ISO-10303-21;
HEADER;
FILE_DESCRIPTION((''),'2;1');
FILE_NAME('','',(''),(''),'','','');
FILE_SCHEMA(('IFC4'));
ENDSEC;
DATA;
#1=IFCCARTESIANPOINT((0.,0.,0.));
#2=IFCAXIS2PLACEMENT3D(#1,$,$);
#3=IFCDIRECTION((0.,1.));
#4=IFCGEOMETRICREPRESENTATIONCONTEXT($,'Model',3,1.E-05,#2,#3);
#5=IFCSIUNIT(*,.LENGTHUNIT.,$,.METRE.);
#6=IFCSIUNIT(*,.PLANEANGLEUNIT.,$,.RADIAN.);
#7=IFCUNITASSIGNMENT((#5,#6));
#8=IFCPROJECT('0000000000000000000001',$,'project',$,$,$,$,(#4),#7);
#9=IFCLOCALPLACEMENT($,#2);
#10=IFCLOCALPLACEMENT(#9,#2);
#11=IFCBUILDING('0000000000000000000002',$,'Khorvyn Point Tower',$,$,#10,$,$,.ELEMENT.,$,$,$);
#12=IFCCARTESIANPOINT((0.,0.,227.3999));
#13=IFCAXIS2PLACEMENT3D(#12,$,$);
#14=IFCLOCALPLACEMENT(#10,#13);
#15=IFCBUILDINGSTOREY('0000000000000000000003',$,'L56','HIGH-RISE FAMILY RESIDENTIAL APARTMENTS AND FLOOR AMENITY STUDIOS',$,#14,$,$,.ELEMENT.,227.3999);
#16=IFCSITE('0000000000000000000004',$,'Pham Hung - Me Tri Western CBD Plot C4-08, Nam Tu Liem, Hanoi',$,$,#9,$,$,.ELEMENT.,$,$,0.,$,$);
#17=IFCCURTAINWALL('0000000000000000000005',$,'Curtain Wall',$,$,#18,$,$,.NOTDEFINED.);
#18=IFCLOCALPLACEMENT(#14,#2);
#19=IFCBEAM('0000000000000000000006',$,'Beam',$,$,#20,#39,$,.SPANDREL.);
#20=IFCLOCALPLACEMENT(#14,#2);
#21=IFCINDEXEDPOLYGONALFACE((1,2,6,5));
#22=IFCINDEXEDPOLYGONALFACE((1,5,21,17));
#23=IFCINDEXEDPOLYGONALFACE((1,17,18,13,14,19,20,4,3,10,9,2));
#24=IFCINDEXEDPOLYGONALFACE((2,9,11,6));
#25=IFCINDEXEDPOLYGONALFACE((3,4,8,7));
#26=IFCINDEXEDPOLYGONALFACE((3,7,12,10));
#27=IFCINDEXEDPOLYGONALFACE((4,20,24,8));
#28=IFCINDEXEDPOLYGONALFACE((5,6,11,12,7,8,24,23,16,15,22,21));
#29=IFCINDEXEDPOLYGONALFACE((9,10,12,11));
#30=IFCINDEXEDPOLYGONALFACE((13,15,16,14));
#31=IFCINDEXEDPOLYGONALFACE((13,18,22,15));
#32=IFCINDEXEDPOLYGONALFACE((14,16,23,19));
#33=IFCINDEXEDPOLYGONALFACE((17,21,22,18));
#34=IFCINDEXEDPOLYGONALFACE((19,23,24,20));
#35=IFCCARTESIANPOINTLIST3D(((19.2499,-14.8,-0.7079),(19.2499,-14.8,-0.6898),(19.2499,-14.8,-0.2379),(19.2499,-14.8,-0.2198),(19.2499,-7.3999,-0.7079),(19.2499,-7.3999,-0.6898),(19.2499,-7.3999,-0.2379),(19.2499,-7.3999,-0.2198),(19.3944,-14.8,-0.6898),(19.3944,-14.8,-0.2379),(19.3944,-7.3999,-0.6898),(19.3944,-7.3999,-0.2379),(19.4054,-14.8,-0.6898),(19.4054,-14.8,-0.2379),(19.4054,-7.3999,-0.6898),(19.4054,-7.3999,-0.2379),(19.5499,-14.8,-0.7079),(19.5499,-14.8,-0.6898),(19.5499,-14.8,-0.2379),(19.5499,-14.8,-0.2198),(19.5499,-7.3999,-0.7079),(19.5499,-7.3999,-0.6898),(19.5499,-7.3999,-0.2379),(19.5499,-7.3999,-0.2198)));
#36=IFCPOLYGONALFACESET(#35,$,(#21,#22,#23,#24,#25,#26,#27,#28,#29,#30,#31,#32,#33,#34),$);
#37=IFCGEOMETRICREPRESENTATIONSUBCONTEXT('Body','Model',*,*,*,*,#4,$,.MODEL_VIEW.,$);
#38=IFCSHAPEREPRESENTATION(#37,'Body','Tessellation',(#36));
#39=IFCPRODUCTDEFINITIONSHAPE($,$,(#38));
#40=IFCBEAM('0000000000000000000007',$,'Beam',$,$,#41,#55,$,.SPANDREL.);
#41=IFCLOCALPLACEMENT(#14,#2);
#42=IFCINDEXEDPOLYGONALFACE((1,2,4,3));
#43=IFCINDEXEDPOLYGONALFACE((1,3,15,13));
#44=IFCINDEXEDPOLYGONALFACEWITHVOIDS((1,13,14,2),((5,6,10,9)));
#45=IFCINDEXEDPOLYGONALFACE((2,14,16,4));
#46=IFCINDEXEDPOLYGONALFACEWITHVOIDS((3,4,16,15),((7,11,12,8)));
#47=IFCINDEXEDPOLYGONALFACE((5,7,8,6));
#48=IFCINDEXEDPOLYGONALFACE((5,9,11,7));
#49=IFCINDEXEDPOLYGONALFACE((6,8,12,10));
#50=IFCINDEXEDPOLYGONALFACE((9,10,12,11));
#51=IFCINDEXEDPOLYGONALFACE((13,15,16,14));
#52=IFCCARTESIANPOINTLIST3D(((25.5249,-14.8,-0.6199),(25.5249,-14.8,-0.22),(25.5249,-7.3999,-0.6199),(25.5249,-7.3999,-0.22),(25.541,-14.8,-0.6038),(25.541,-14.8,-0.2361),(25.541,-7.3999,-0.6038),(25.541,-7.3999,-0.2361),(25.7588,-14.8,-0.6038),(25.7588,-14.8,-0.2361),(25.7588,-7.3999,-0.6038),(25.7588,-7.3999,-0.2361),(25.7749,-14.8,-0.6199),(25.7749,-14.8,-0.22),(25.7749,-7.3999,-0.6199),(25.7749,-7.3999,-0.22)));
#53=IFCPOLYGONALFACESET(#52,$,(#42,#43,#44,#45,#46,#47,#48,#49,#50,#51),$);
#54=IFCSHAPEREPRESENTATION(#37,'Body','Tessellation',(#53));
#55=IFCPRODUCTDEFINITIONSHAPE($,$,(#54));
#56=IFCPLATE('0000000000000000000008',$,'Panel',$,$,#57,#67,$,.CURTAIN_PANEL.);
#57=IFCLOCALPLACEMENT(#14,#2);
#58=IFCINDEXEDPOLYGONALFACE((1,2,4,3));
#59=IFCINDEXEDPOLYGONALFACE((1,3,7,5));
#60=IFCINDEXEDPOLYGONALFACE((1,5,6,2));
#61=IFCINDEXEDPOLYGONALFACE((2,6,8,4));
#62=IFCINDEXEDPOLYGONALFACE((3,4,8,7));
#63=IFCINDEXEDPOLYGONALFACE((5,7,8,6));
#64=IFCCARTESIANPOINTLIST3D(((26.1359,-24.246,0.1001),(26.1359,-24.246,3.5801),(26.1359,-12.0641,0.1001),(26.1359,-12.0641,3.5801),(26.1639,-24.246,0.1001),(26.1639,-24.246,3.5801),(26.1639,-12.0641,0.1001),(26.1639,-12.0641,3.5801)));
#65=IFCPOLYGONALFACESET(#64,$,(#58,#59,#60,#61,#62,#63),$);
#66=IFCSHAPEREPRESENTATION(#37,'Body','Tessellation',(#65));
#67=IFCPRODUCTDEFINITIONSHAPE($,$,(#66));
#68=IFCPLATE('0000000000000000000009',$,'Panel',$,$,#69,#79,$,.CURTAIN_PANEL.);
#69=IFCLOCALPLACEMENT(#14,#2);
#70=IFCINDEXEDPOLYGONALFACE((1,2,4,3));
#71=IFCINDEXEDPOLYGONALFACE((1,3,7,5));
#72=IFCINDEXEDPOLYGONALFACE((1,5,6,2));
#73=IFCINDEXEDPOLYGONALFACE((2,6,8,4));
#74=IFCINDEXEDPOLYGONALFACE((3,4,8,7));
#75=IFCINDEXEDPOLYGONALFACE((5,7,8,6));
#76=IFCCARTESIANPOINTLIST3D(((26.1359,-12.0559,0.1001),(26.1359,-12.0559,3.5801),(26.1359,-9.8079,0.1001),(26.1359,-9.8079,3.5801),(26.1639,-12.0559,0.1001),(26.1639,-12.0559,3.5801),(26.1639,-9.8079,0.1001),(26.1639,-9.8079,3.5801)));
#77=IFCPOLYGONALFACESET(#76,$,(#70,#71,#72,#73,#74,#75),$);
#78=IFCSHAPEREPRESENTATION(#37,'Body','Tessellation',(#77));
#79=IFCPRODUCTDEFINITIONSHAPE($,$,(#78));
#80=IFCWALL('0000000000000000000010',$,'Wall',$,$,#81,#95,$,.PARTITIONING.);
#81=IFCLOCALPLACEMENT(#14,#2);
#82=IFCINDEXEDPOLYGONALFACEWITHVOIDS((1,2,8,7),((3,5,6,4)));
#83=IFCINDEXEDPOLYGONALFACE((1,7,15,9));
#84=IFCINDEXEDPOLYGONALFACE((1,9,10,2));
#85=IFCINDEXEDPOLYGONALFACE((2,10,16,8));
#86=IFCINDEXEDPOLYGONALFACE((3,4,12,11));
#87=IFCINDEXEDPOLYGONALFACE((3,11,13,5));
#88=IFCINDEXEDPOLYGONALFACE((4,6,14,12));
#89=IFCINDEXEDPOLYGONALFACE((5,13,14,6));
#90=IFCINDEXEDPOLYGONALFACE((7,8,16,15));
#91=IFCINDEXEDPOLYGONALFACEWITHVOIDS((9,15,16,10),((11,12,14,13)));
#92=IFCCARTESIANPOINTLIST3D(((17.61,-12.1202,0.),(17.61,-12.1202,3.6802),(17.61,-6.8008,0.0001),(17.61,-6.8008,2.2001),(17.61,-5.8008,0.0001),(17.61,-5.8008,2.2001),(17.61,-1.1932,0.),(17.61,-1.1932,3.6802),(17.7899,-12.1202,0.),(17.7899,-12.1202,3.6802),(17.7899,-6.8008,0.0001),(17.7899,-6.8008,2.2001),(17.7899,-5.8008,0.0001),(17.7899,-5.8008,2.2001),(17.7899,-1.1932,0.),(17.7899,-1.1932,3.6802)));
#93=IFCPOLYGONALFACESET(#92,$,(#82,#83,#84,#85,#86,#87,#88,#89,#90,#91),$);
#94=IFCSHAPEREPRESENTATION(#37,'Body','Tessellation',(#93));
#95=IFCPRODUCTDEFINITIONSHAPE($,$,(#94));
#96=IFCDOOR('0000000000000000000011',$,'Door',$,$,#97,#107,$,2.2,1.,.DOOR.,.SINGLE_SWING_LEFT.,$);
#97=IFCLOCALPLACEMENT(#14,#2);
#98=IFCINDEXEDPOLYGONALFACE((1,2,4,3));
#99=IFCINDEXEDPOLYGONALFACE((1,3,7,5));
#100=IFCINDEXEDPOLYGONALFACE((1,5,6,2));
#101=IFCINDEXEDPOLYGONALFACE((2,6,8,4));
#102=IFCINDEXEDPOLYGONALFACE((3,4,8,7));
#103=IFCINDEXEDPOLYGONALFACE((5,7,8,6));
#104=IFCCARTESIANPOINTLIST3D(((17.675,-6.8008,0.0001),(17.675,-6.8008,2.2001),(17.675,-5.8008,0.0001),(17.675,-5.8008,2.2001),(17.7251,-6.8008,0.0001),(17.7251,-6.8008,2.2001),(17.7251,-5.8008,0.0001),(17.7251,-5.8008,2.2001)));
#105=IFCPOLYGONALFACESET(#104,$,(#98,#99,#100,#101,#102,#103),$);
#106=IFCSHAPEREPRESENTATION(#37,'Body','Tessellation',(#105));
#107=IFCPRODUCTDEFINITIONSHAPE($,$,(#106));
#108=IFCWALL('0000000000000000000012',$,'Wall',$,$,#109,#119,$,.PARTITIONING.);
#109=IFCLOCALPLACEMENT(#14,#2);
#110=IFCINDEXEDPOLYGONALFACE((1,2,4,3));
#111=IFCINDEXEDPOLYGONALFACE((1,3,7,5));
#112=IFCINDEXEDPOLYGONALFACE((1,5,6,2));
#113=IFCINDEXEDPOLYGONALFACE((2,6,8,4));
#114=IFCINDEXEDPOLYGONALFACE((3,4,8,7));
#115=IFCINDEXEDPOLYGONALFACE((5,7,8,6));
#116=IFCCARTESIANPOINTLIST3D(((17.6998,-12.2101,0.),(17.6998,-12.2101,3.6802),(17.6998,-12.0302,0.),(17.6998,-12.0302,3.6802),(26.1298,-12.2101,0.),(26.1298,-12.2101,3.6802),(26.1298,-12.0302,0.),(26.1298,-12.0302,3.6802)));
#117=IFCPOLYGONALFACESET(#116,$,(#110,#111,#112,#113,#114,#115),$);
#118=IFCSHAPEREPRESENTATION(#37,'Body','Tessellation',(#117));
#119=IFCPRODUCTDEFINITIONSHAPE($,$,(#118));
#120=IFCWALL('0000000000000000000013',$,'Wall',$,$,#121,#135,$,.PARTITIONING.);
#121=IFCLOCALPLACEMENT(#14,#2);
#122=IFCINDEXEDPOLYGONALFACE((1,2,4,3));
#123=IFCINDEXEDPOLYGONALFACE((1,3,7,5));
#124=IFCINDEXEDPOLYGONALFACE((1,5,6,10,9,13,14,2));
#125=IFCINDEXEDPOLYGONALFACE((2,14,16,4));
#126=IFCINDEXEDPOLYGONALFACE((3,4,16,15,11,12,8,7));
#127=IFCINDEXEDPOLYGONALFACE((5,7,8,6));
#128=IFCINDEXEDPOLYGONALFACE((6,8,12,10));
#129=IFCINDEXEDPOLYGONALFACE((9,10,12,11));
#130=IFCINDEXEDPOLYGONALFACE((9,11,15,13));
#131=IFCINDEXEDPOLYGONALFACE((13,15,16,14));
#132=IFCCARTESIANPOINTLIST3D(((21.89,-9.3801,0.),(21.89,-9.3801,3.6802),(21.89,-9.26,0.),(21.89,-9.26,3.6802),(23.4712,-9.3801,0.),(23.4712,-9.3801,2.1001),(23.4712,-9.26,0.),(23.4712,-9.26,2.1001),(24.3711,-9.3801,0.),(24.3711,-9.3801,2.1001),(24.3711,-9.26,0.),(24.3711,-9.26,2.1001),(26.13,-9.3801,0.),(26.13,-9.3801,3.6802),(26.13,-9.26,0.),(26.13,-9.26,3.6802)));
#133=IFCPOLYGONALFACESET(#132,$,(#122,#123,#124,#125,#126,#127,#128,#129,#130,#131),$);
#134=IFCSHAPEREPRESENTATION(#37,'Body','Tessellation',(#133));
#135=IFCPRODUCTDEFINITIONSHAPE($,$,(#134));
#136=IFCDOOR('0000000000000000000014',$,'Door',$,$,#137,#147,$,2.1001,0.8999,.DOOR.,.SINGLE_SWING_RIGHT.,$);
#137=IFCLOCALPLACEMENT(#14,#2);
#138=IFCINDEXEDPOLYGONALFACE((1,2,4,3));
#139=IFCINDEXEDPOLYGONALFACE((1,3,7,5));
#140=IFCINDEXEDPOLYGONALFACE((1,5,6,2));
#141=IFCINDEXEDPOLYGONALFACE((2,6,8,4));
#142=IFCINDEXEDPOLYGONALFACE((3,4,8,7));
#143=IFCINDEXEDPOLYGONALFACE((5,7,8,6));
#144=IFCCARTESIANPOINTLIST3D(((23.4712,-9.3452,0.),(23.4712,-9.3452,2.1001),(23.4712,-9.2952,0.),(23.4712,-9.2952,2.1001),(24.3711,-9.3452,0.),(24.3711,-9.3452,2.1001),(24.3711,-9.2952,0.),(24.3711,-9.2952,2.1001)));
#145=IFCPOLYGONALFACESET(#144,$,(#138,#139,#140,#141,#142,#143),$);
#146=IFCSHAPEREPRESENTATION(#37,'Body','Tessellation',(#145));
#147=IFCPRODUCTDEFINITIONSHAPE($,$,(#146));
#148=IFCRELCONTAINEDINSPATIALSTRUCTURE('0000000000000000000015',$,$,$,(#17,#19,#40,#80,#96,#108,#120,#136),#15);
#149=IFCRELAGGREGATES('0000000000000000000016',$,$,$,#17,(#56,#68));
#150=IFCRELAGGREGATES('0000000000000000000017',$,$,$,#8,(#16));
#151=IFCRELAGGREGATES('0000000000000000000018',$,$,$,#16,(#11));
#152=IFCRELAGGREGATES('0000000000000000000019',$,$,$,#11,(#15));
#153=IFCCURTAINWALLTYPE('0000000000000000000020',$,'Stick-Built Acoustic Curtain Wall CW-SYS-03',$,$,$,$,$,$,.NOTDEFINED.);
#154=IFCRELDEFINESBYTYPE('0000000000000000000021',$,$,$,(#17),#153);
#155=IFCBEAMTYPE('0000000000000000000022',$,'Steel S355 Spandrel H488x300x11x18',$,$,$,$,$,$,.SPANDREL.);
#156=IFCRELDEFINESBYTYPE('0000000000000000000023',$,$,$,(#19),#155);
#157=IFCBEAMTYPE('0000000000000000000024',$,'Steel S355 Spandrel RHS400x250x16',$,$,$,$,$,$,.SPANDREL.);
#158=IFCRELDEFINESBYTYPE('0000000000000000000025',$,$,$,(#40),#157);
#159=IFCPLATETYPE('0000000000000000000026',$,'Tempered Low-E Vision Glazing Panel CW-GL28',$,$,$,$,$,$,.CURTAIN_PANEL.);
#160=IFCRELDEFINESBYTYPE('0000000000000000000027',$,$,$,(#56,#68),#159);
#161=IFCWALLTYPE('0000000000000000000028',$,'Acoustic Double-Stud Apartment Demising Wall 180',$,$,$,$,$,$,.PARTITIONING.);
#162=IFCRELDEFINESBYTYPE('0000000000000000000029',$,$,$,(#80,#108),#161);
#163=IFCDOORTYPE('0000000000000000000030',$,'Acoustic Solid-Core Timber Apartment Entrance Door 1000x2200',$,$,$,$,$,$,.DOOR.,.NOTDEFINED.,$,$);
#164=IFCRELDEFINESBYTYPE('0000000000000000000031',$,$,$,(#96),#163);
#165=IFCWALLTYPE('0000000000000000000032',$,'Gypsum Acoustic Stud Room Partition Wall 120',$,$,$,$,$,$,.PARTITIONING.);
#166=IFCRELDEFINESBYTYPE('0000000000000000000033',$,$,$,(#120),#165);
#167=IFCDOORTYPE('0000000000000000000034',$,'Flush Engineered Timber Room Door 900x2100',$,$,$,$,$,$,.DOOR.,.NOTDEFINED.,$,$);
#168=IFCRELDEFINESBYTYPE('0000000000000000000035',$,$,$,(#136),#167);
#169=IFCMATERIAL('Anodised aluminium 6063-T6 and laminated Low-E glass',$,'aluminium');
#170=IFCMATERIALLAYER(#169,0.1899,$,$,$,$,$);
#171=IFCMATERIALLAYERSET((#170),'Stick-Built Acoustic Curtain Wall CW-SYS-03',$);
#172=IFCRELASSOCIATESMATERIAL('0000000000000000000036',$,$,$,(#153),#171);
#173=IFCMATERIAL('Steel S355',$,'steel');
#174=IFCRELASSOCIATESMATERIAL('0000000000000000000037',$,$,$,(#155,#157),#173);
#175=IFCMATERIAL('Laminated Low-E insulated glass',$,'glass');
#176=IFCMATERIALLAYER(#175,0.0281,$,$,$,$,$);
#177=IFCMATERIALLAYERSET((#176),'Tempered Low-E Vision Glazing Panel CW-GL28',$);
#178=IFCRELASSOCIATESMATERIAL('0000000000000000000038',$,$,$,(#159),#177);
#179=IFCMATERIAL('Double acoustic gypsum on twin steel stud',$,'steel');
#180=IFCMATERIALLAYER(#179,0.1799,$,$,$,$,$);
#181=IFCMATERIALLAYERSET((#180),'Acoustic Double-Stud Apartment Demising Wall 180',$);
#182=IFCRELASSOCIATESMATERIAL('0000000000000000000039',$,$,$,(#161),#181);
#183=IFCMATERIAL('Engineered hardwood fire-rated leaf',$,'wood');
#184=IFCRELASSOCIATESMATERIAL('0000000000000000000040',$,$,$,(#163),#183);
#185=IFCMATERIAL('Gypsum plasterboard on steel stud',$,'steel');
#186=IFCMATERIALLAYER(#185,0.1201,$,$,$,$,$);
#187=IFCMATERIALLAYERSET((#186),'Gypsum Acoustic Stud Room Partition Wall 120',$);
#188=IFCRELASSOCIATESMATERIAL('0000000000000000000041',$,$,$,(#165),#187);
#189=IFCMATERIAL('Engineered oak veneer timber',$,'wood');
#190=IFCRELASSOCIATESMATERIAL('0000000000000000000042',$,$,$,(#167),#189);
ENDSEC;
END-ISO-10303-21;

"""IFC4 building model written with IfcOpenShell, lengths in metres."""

from ifc_helpers import new_model, si_unit, direction, frame, frame_2d, origin, origin_2d, place, context, subcontext, project, spatial, rectangle, hollow_rectangle, i_section, extrude, material, layer, layer_set, material_profile, profile_set, type_object, element, fill, aggregate, save


model = new_model("IFC4")

# Units and contexts
model_context = context("Model", 3, precision=1e-05, world=origin(), true_north=direction((0.0, 1.0)))
body_context = subcontext(model_context, "Body", "Model", "MODEL_VIEW")
ifc_project = project(units=[si_unit("LENGTHUNIT", "METRE"), si_unit("PLANEANGLEUNIT", "RADIAN")], contexts=[model_context])

# Site, building, storey
site_placement = place(None, origin())
site = spatial("IfcSite", under=ifc_project, at=site_placement, Name="Pham Hung - Me Tri Western CBD Plot C4-08, Nam Tu Liem, Hanoi", CompositionType="ELEMENT", RefElevation=0.0)
building_placement = place(site_placement, origin())
building = spatial("IfcBuilding", under=site, at=building_placement, Name="Khorvyn Point Tower", CompositionType="ELEMENT")
storey_placement = place(building_placement, frame((0.0, 0.0, 227.3999)))
storey = spatial("IfcBuildingStorey", under=building, at=storey_placement, Name="L56", Description="HIGH-RISE FAMILY RESIDENTIAL APARTMENTS AND FLOOR AMENITY STUDIOS", CompositionType="ELEMENT", Elevation=227.3999)

# Curtain wall
ifc_material_1 = material(Name="Anodised aluminium 6063-T6 and laminated Low-E glass", Category="aluminium")
ifc_layer_1 = layer(ifc_material_1, 0.1899)
ifc_layer_set_1 = layer_set([ifc_layer_1], Name="Stick-Built Acoustic Curtain Wall CW-SYS-03")
curtain_wall_type = type_object("IfcCurtainWallType", Name="Stick-Built Acoustic Curtain Wall CW-SYS-03", PredefinedType="NOTDEFINED", material=ifc_layer_set_1)
curtain_wall_placement = place(storey_placement, origin())
curtain_wall = element("IfcCurtainWall", 1, at=curtain_wall_placement, inside=storey, type_object=curtain_wall_type, Name="Curtain Wall", PredefinedType="NOTDEFINED")

# Beams
ifc_material_2 = material(Name="Steel S355", Category="steel")
ifc_material_profile_1 = material_profile(ifc_material_2, i_section(OverallWidth=0.3, OverallDepth=0.488, WebThickness=0.011, FlangeThickness=0.0181, at=origin_2d()))
ifc_profile_set_1 = profile_set([ifc_material_profile_1], Name="Steel S355 H488x300x11x18")
beam_type_1 = type_object("IfcBeamType", Name="Steel S355 Spandrel H488x300x11x18", PredefinedType="SPANDREL", material=ifc_profile_set_1)
for number, where, z_axis, x_axis, name in (
    (2, (19.3999, -14.8, -0.4639), (0.0, 1.0, 0.0), (-1.0, 0.0, 0.0), "Beam"),
):
    element("IfcBeam", number, at=place(storey_placement, frame(where, z_axis=z_axis, x_axis=x_axis)), inside=storey, type_object=beam_type_1, Name=name, PredefinedType="SPANDREL", context=body_context, shape_type="SweptSolid", body=[
        extrude(i_section(OverallWidth=0.3, OverallDepth=0.488, WebThickness=0.011, FlangeThickness=0.0181, at=origin_2d()), origin(), (0.0, 0.0, 1.0), 7.4001),
    ])
ifc_material_profile_2 = material_profile(ifc_material_2, hollow_rectangle(XDim=0.25, YDim=0.3999, WallThickness=0.0161, at=origin_2d()))
ifc_profile_set_2 = profile_set([ifc_material_profile_2], Name="Steel S355 RHS400x250x16")
beam_type_2 = type_object("IfcBeamType", Name="Steel S355 Spandrel RHS400x250x16", PredefinedType="SPANDREL", material=ifc_profile_set_2)
beam_1_placement = place(storey_placement, frame((25.6499, -14.8, -0.4199), z_axis=(0.0, 1.0, 0.0), x_axis=(-1.0, 0.0, 0.0)))
element("IfcBeam", 3, at=beam_1_placement, inside=storey, type_object=beam_type_2, Name="Beam", PredefinedType="SPANDREL", context=body_context, shape_type="SweptSolid", body=[
    extrude(hollow_rectangle(XDim=0.25, YDim=0.3999, WallThickness=0.0161, at=origin_2d()), origin(), (0.0, 0.0, 1.0), 7.4001),
])

# Plates
ifc_material_3 = material(Name="Laminated Low-E insulated glass", Category="glass")
ifc_layer_2 = layer(ifc_material_3, 0.0281)
ifc_layer_set_2 = layer_set([ifc_layer_2], Name="Tempered Low-E Vision Glazing Panel CW-GL28")
plate_type = type_object("IfcPlateType", Name="Tempered Low-E Vision Glazing Panel CW-GL28", PredefinedType="CURTAIN_PANEL", material=ifc_layer_set_2)
plate_1_placement = place(storey_placement, frame((26.1499, -18.155, 0.1001), z_axis=(0.0, 0.0, 1.0), x_axis=(0.0, -1.0, 0.0)))
plate_1 = element("IfcPlate", 4, at=plate_1_placement, type_object=plate_type, Name="Panel", PredefinedType="CURTAIN_PANEL", context=body_context, shape_type="SweptSolid", body=[
    extrude(rectangle(XDim=12.1819, YDim=0.0281, at=origin_2d()), origin(), (0.0, 0.0, 1.0), 3.48),
])
plate_2_placement = place(storey_placement, frame((26.1499, -10.9319, 0.1001), z_axis=(0.0, 0.0, 1.0), x_axis=(0.0, -1.0, 0.0)))
plate_2 = element("IfcPlate", 5, at=plate_2_placement, type_object=plate_type, Name="Panel", PredefinedType="CURTAIN_PANEL", context=body_context, shape_type="SweptSolid", body=[
    extrude(rectangle(XDim=2.248, YDim=0.0281, at=origin_2d()), origin(), (0.0, 0.0, 1.0), 3.48),
])
aggregate(curtain_wall, [plate_1, plate_2])

# Wall, opening, door
ifc_material_4 = material(Name="Double acoustic gypsum on twin steel stud", Category="steel")
ifc_layer_3 = layer(ifc_material_4, 0.1799)
ifc_layer_set_3 = layer_set([ifc_layer_3], Name="Acoustic Double-Stud Apartment Demising Wall 180")
wall_type_1 = type_object("IfcWallType", Name="Acoustic Double-Stud Apartment Demising Wall 180", PredefinedType="PARTITIONING", material=ifc_layer_set_3)
wall_1_placement = place(storey_placement, frame((17.7, -12.1201, 0.0), z_axis=(0.0, 0.0, 1.0), x_axis=(0.0, 1.0, 0.0)))
wall_1 = element("IfcWall", 6, at=wall_1_placement, inside=storey, type_object=wall_type_1, Name="Wall", PredefinedType="PARTITIONING", context=body_context, shape_type="SweptSolid", body=[
    extrude(rectangle(XDim=10.927, YDim=0.1799, at=frame_2d((5.4634, 0.0))), origin(), (0.0, 0.0, 1.0), 3.6802),
])
opening_1_placement = place(wall_1_placement, frame((5.3193, 0.0, 0.0)))
opening_1 = element("IfcOpeningElement", 7, at=opening_1_placement, cuts=wall_1, PredefinedType="OPENING", context=body_context, shape_type="SweptSolid", body=[
    extrude(rectangle(XDim=1.0, YDim=2.2, at=frame_2d((0.5, 1.1001))), frame((0.0, 0.0999, 0.0), z_axis=(0.0, -1.0, 0.0), x_axis=(1.0, 0.0, 0.0)), (0.0, 0.0, 1.0), 0.2),
])
ifc_material_5 = material(Name="Engineered hardwood fire-rated leaf", Category="wood")
door_type_1 = type_object("IfcDoorType", Name="Acoustic Solid-Core Timber Apartment Entrance Door 1000x2200", OperationType="NOTDEFINED", PredefinedType="DOOR", material=ifc_material_5)
door_1_placement = place(opening_1_placement, origin())
door_1 = element("IfcDoor", 8, at=door_1_placement, inside=storey, type_object=door_type_1, Name="Door", OperationType="SINGLE_SWING_LEFT", OverallHeight=2.2, OverallWidth=1.0, PredefinedType="DOOR", context=body_context, shape_type="SweptSolid", body=[
    extrude(rectangle(XDim=1.0, YDim=2.2, at=frame_2d((0.5, 1.1001))), frame((0.0, 0.0249, 0.0), z_axis=(0.0, -1.0, 0.0), x_axis=(1.0, 0.0, 0.0)), (0.0, 0.0, 1.0), 0.05),
])
fill(opening_1, door_1)

# Wall
wall_2_placement = place(storey_placement, frame((17.7, -12.1201, 0.0), z_axis=(0.0, 0.0, 1.0), x_axis=(1.0, 0.0, 0.0)))
element("IfcWall", 9, at=wall_2_placement, inside=storey, type_object=wall_type_1, Name="Wall", PredefinedType="PARTITIONING", context=body_context, shape_type="SweptSolid", body=[
    extrude(rectangle(XDim=8.4299, YDim=0.1799, at=frame_2d((4.2148, 0.0))), origin(), (0.0, 0.0, 1.0), 3.6802),
])

# Wall, opening, door
ifc_material_6 = material(Name="Gypsum plasterboard on steel stud", Category="steel")
ifc_layer_4 = layer(ifc_material_6, 0.1201)
ifc_layer_set_4 = layer_set([ifc_layer_4], Name="Gypsum Acoustic Stud Room Partition Wall 120")
wall_type_2 = type_object("IfcWallType", Name="Gypsum Acoustic Stud Room Partition Wall 120", PredefinedType="PARTITIONING", material=ifc_layer_set_4)
wall_3_placement = place(storey_placement, frame((21.8899, -9.3201, 0.0), z_axis=(0.0, 0.0, 1.0), x_axis=(1.0, 0.0, 0.0)))
wall_3 = element("IfcWall", 10, at=wall_3_placement, inside=storey, type_object=wall_type_2, Name="Wall", PredefinedType="PARTITIONING", context=body_context, shape_type="SweptSolid", body=[
    extrude(rectangle(XDim=4.24, YDim=0.1201, at=frame_2d((2.1201, 0.0))), origin(), (0.0, 0.0, 1.0), 3.6802),
])
opening_2_placement = place(wall_3_placement, frame((1.5813, 0.0, 0.0)))
opening_2 = element("IfcOpeningElement", 11, at=opening_2_placement, cuts=wall_3, PredefinedType="OPENING", context=body_context, shape_type="SweptSolid", body=[
    extrude(rectangle(XDim=0.8999, YDim=2.1001, at=frame_2d((0.45, 1.05))), frame((0.0, 0.0701, 0.0), z_axis=(0.0, -1.0, 0.0), x_axis=(1.0, 0.0, 0.0)), (0.0, 0.0, 1.0), 0.1401),
])
ifc_material_7 = material(Name="Engineered oak veneer timber", Category="wood")
door_type_2 = type_object("IfcDoorType", Name="Flush Engineered Timber Room Door 900x2100", OperationType="NOTDEFINED", PredefinedType="DOOR", material=ifc_material_7)
door_2_placement = place(opening_2_placement, origin())
door_2 = element("IfcDoor", 12, at=door_2_placement, inside=storey, type_object=door_type_2, Name="Door", OperationType="SINGLE_SWING_RIGHT", OverallHeight=2.1001, OverallWidth=0.8999, PredefinedType="DOOR", context=body_context, shape_type="SweptSolid", body=[
    extrude(rectangle(XDim=0.8999, YDim=2.1001, at=frame_2d((0.45, 1.05))), frame((0.0, 0.0249, 0.0), z_axis=(0.0, -1.0, 0.0), x_axis=(1.0, 0.0, 0.0)), (0.0, 0.0, 1.0), 0.05),
])
fill(opening_2, door_2)

save(model, "model.ifc")
